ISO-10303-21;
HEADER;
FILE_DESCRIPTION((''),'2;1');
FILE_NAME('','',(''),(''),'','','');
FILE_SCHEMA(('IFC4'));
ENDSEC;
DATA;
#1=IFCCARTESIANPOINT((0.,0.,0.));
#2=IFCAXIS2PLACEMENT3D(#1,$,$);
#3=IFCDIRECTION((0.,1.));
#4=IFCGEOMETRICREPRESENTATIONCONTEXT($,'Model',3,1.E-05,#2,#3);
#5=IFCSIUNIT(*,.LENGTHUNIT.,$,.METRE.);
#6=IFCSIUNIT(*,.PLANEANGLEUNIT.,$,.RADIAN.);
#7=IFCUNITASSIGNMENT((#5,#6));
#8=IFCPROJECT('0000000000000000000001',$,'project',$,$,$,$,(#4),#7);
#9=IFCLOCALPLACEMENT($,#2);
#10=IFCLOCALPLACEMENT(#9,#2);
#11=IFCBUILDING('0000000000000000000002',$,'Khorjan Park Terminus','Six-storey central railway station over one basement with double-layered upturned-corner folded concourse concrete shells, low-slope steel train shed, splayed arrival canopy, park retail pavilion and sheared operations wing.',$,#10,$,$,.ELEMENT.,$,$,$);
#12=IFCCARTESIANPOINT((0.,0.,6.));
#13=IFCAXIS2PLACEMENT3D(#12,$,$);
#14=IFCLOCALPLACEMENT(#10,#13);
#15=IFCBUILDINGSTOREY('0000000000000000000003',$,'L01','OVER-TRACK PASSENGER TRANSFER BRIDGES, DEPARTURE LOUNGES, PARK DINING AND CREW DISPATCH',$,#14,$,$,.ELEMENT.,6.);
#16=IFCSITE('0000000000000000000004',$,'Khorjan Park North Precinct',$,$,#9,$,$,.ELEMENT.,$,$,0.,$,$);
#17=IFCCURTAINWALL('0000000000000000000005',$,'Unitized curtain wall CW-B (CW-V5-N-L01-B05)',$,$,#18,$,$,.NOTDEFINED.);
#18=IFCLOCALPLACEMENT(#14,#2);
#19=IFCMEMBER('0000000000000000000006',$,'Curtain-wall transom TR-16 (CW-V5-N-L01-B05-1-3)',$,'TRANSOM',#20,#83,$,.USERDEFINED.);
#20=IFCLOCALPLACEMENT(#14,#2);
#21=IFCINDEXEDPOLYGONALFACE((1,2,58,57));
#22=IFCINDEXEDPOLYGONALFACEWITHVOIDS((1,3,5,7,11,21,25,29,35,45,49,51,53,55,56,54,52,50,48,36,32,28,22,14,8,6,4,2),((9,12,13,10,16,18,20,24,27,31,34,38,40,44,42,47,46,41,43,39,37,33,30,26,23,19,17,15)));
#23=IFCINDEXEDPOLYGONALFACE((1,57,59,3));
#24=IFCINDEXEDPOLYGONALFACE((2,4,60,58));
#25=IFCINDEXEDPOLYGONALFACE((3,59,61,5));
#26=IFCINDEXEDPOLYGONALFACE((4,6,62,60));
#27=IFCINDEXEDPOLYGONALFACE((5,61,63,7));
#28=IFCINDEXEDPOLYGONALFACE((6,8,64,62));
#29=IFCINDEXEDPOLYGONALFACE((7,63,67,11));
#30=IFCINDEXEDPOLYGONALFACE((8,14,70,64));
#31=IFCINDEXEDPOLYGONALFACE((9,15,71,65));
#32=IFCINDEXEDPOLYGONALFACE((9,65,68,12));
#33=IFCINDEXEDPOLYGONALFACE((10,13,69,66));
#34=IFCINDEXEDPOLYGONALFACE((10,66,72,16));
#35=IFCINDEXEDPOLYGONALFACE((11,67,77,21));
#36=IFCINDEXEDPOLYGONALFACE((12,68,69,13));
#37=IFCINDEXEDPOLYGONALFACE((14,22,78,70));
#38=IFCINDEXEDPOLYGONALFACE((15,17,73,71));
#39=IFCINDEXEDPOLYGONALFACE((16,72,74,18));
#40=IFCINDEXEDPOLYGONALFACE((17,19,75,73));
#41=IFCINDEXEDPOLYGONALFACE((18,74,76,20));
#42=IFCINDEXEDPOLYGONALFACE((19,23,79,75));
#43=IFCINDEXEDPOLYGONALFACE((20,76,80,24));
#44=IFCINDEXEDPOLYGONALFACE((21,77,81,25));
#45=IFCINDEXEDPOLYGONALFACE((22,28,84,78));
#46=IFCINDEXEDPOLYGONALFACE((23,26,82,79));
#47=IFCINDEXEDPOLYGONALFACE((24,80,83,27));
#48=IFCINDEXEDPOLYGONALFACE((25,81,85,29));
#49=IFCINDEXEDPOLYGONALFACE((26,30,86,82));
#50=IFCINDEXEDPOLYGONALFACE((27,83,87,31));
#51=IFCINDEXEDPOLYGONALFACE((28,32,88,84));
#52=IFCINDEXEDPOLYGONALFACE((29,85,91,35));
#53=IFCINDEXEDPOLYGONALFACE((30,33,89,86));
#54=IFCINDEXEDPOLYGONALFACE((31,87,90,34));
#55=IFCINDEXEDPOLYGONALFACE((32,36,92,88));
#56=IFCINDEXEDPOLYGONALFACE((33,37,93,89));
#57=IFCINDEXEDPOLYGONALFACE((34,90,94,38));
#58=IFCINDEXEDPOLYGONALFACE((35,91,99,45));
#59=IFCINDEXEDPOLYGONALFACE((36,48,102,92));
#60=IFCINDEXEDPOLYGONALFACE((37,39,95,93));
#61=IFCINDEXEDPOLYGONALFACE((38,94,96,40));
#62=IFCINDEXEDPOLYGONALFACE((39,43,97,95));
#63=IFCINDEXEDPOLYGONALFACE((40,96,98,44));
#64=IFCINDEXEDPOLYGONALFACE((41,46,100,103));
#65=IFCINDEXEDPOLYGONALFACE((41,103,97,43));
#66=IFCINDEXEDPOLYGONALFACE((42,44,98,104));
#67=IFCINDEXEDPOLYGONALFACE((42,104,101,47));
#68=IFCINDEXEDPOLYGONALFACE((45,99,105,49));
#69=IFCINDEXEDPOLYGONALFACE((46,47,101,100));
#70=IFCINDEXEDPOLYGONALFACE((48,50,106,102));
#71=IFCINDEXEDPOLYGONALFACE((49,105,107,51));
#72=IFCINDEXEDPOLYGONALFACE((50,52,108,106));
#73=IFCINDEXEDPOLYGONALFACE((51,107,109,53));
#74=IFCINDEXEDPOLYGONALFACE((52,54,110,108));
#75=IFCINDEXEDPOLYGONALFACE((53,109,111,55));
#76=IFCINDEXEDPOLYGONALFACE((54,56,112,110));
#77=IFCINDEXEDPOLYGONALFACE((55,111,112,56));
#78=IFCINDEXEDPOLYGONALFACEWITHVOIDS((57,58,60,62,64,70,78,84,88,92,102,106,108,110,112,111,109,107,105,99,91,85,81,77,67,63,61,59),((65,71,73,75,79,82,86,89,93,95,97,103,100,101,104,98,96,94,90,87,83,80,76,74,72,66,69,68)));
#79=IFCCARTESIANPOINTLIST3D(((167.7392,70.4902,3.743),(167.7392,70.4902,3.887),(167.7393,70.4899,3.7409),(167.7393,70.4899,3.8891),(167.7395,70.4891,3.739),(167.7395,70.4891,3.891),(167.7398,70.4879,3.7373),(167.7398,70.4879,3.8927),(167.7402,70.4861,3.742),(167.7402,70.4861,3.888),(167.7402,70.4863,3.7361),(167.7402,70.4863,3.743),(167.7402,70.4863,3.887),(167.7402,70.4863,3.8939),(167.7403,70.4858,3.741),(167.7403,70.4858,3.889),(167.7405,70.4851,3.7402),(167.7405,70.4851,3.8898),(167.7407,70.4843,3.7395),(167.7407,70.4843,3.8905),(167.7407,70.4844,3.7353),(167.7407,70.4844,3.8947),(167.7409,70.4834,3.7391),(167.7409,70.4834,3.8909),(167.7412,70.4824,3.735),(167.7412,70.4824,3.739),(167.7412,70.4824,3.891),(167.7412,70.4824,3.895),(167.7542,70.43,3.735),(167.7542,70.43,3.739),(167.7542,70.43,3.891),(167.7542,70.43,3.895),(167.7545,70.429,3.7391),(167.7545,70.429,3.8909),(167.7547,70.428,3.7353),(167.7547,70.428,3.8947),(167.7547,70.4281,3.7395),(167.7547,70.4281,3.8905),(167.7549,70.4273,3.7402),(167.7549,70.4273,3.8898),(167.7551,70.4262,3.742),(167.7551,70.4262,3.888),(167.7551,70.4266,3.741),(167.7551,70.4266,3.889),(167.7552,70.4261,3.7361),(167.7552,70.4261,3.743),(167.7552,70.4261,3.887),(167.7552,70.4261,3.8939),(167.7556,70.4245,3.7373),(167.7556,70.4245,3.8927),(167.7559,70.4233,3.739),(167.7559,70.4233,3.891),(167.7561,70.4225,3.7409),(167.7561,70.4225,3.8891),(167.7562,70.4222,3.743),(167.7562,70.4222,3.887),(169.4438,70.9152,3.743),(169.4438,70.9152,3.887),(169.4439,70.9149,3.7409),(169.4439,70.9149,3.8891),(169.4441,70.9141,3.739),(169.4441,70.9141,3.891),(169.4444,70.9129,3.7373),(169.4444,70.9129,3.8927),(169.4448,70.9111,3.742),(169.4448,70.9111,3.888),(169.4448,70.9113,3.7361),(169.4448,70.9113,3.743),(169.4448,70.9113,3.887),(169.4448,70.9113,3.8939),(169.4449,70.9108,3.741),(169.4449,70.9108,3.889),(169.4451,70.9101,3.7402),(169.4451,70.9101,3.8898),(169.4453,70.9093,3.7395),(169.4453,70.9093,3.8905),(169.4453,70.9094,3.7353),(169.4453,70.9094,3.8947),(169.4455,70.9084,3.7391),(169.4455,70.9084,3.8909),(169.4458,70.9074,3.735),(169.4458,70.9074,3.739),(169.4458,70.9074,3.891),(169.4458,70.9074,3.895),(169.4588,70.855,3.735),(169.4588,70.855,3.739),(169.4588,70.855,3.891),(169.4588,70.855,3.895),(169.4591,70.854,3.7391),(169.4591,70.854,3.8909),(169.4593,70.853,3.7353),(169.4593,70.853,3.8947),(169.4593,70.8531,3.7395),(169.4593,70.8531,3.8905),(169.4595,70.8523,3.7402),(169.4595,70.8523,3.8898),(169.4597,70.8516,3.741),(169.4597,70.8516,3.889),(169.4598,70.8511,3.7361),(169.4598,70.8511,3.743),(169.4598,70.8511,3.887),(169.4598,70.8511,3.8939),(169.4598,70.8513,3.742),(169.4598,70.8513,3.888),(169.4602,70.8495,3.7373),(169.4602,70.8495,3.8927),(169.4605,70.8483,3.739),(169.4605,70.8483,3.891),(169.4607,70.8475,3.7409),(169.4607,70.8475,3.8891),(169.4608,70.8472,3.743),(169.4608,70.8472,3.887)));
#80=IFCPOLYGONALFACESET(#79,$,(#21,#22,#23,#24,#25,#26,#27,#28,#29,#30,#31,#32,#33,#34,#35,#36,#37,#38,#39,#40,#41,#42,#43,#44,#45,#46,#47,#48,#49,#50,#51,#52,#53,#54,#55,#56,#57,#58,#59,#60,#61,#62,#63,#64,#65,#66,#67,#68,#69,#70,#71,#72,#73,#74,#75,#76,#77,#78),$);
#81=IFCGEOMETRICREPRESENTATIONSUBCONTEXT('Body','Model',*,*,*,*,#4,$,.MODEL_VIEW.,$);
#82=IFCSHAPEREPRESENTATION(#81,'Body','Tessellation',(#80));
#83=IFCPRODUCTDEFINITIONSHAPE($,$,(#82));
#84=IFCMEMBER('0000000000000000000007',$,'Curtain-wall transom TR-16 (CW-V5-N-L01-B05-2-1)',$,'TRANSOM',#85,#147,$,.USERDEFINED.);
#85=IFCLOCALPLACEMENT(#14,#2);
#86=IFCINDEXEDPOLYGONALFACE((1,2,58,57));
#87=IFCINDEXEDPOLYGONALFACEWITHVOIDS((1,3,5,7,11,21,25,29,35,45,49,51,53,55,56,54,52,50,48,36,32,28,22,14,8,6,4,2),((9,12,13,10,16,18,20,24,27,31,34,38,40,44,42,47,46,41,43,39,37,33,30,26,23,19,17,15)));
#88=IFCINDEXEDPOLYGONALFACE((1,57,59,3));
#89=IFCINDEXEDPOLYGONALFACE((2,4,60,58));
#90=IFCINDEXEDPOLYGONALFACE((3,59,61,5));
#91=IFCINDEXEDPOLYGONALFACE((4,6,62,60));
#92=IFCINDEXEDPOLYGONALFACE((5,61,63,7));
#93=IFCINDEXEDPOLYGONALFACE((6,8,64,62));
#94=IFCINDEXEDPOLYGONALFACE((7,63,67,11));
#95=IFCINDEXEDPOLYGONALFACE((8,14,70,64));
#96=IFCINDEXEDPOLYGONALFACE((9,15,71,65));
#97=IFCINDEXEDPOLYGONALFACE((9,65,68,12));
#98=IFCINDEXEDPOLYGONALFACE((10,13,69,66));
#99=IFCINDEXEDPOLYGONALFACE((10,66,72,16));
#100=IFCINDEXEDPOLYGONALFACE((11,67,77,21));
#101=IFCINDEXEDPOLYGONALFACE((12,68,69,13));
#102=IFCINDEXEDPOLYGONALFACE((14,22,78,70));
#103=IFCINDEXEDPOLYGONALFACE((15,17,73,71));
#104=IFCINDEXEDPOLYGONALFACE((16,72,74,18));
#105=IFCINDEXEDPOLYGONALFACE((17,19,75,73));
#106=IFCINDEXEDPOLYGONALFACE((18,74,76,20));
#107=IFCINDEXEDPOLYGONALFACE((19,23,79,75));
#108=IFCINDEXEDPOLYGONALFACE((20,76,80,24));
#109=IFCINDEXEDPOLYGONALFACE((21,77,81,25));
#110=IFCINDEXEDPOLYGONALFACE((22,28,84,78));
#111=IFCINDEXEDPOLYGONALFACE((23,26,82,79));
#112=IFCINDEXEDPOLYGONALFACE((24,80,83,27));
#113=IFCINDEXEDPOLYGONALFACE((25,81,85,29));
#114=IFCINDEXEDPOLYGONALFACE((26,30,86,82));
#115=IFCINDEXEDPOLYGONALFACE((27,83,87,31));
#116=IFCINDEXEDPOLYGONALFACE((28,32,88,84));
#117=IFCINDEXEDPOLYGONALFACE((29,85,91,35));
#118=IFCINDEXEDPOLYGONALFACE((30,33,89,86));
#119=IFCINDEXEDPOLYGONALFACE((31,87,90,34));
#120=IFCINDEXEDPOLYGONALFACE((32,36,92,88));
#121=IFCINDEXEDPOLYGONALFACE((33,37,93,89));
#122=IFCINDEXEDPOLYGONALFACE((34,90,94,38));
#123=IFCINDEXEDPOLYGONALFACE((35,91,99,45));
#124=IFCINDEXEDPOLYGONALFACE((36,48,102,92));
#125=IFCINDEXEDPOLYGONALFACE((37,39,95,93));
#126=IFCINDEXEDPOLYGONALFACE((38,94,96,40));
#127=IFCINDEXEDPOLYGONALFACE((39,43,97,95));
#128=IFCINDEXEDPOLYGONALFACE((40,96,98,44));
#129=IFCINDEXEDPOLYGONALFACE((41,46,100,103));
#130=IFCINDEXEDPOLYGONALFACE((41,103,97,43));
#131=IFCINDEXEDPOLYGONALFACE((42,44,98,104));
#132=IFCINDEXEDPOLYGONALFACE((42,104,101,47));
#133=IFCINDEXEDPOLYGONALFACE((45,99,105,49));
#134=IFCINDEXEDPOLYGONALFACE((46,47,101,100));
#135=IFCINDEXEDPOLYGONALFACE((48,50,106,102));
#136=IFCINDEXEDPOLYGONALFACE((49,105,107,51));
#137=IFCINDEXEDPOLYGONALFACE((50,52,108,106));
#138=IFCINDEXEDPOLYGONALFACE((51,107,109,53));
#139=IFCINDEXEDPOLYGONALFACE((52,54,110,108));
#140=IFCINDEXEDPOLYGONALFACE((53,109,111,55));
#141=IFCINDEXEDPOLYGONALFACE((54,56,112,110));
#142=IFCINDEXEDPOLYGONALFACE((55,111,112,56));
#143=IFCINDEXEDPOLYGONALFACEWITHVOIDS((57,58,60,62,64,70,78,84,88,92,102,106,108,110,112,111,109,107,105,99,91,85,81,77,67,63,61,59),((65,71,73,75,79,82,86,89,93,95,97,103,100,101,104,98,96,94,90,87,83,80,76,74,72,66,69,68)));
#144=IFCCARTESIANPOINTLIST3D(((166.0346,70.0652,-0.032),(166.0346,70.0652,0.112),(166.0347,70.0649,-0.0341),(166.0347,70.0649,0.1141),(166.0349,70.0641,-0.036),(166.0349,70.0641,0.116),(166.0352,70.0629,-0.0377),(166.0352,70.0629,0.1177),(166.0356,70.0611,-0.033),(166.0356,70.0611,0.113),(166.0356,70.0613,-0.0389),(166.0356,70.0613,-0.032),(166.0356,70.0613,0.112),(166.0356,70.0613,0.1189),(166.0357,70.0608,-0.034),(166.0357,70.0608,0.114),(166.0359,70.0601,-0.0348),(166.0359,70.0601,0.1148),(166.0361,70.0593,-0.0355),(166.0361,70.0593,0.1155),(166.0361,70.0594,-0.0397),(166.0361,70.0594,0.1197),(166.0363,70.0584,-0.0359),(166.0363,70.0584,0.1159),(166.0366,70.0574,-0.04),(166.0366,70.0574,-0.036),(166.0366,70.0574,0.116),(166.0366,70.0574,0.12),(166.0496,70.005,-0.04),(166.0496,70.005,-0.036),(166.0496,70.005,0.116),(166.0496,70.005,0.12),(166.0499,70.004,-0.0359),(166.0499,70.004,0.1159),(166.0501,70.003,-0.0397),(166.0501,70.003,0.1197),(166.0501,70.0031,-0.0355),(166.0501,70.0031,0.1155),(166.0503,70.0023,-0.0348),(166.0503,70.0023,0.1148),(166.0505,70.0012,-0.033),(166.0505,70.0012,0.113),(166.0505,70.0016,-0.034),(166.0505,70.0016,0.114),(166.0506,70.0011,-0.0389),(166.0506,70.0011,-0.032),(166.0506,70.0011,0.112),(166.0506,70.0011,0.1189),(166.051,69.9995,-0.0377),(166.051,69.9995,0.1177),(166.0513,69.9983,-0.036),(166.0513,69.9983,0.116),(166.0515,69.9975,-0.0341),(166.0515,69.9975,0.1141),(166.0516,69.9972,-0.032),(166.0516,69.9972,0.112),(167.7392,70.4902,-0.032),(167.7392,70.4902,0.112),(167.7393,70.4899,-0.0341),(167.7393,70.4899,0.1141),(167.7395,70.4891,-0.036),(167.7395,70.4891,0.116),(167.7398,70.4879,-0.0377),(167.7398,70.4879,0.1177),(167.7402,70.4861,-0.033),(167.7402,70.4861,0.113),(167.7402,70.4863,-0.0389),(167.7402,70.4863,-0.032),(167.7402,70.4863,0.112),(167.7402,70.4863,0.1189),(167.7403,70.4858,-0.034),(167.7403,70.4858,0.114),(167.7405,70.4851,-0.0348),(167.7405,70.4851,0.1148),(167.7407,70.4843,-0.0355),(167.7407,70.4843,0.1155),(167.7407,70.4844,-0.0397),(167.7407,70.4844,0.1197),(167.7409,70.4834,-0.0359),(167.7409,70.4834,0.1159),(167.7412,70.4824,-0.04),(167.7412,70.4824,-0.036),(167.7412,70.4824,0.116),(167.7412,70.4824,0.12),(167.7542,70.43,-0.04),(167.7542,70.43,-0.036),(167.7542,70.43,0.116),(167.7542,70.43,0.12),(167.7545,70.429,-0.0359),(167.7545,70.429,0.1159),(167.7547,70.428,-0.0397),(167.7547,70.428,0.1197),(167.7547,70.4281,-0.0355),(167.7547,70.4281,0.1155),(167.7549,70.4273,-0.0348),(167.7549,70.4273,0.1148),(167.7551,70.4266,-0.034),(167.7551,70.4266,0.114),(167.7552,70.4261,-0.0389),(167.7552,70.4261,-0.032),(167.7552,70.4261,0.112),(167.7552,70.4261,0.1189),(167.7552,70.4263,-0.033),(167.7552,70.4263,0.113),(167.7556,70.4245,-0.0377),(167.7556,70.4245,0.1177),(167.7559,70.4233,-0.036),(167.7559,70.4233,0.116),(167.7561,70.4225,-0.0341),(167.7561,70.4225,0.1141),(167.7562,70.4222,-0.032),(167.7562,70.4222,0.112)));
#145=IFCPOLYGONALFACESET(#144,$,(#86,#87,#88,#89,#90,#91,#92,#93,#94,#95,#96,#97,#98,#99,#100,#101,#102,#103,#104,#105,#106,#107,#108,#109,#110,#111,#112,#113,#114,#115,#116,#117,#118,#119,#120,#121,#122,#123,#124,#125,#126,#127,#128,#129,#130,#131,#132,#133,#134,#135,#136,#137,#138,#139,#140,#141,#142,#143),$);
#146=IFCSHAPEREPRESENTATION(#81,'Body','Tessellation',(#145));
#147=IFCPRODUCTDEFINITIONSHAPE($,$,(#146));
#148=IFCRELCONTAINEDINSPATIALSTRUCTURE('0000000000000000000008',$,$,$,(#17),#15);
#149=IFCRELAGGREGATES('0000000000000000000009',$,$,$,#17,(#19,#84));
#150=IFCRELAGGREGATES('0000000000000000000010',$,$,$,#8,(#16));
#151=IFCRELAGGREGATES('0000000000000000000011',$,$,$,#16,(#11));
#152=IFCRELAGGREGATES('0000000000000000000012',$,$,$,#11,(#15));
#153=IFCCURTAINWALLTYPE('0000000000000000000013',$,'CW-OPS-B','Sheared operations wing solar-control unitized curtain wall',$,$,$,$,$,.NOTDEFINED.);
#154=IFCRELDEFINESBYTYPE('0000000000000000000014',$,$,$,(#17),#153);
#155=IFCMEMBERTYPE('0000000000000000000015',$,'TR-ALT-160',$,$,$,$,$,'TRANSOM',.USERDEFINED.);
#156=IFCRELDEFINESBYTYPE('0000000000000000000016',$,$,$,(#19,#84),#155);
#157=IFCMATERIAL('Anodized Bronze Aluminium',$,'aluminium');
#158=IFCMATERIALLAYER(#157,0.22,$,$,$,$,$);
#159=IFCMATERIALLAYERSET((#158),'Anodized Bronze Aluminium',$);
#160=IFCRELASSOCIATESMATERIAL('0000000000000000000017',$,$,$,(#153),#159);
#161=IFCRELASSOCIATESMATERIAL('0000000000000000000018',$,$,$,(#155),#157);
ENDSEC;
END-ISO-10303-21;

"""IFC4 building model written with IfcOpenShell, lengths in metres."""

from ifc_helpers import new_model, si_unit, direction, frame, origin, origin_2d, place, context, subcontext, project, spatial, hollow_rectangle, extrude, material, layer, layer_set, material_profile, profile_set, type_object, element, aggregate, save


model = new_model("IFC4")

# Units and contexts
model_context = context("Model", 3, precision=1e-05, world=origin(), true_north=direction((0.0, 1.0)))
body_context = subcontext(model_context, "Body", "Model", "MODEL_VIEW")
ifc_project = project(units=[si_unit("LENGTHUNIT", "METRE"), si_unit("PLANEANGLEUNIT", "RADIAN")], contexts=[model_context])

# Site, building, storey
site_placement = place(None, origin())
site = spatial("IfcSite", under=ifc_project, at=site_placement, Name="Khorjan Park North Precinct", CompositionType="ELEMENT", RefElevation=0.0)
building_placement = place(site_placement, origin())
building = spatial("IfcBuilding", under=site, at=building_placement, Name="Khorjan Park Terminus", Description="Six-storey central railway station over one basement with double-layered upturned-corner folded concourse concrete shells, low-slope steel train shed, splayed arrival canopy, park retail pavilion and sheared operations wing.", CompositionType="ELEMENT")
storey_placement = place(building_placement, frame((0.0, 0.0, 6.0)))
storey = spatial("IfcBuildingStorey", under=building, at=storey_placement, Name="L01", Description="OVER-TRACK PASSENGER TRANSFER BRIDGES, DEPARTURE LOUNGES, PARK DINING AND CREW DISPATCH", CompositionType="ELEMENT", Elevation=6.0)

# Curtain wall, members
ifc_material_1 = material(Name="Anodized Bronze Aluminium", Category="aluminium")
ifc_layer_1 = layer(ifc_material_1, 0.22)
ifc_layer_set_1 = layer_set([ifc_layer_1], Name="Anodized Bronze Aluminium")
curtain_wall_type = type_object("IfcCurtainWallType", Name="CW-OPS-B", Description="Sheared operations wing solar-control unitized curtain wall", PredefinedType="NOTDEFINED", material=ifc_layer_set_1)
curtain_wall_placement = place(storey_placement, origin())
curtain_wall = element("IfcCurtainWall", 1, at=curtain_wall_placement, inside=storey, type_object=curtain_wall_type, Name="Unitized curtain wall CW-B (CW-V5-N-L01-B05)", PredefinedType="NOTDEFINED")
ifc_material_profile_1 = material_profile(ifc_material_1, hollow_rectangle(XDim=0.07, YDim=0.16, WallThickness=0.004, InnerFilletRadius=0.004, OuterFilletRadius=0.008, at=origin_2d()), Name="ALT 70x160x4")
ifc_profile_set_1 = profile_set([ifc_material_profile_1], Name="Anodized Bronze Aluminium")
member_type_1 = type_object("IfcMemberType", Name="TR-ALT-160", ElementType="TRANSOM", PredefinedType="USERDEFINED", material=ifc_profile_set_1)
member_1_placement = place(storey_placement, frame((169.4523, 70.8812, 3.815), z_axis=(-0.970296, -0.241919, 0.0), x_axis=(0.241919, -0.970296, 0.0)))
member_1 = element("IfcMember", 2, at=member_1_placement, type_object=member_type_1, Name="Curtain-wall transom TR-16 (CW-V5-N-L01-B05-1-3)", ObjectType="TRANSOM", PredefinedType="USERDEFINED", context=body_context, shape_type="SweptSolid", body=[
    extrude(hollow_rectangle(XDim=0.07, YDim=0.16, WallThickness=0.004, InnerFilletRadius=0.004, OuterFilletRadius=0.008, at=origin_2d()), origin(), (0.0, 0.0, 1.0), 1.7568),
])
member_2_placement = place(storey_placement, frame((167.7477, 70.4562, 0.04), z_axis=(-0.970296, -0.241919, 0.0), x_axis=(0.241919, -0.970296, 0.0)))
member_2 = element("IfcMember", 3, at=member_2_placement, type_object=member_type_1, Name="Curtain-wall transom TR-16 (CW-V5-N-L01-B05-2-1)", ObjectType="TRANSOM", PredefinedType="USERDEFINED", context=body_context, shape_type="SweptSolid", body=[
    extrude(hollow_rectangle(XDim=0.07, YDim=0.16, WallThickness=0.004, InnerFilletRadius=0.004, OuterFilletRadius=0.008, at=origin_2d()), origin(), (0.0, 0.0, 1.0), 1.7568),
])
aggregate(curtain_wall, [member_1, member_2])

save(model, "model.ifc")
